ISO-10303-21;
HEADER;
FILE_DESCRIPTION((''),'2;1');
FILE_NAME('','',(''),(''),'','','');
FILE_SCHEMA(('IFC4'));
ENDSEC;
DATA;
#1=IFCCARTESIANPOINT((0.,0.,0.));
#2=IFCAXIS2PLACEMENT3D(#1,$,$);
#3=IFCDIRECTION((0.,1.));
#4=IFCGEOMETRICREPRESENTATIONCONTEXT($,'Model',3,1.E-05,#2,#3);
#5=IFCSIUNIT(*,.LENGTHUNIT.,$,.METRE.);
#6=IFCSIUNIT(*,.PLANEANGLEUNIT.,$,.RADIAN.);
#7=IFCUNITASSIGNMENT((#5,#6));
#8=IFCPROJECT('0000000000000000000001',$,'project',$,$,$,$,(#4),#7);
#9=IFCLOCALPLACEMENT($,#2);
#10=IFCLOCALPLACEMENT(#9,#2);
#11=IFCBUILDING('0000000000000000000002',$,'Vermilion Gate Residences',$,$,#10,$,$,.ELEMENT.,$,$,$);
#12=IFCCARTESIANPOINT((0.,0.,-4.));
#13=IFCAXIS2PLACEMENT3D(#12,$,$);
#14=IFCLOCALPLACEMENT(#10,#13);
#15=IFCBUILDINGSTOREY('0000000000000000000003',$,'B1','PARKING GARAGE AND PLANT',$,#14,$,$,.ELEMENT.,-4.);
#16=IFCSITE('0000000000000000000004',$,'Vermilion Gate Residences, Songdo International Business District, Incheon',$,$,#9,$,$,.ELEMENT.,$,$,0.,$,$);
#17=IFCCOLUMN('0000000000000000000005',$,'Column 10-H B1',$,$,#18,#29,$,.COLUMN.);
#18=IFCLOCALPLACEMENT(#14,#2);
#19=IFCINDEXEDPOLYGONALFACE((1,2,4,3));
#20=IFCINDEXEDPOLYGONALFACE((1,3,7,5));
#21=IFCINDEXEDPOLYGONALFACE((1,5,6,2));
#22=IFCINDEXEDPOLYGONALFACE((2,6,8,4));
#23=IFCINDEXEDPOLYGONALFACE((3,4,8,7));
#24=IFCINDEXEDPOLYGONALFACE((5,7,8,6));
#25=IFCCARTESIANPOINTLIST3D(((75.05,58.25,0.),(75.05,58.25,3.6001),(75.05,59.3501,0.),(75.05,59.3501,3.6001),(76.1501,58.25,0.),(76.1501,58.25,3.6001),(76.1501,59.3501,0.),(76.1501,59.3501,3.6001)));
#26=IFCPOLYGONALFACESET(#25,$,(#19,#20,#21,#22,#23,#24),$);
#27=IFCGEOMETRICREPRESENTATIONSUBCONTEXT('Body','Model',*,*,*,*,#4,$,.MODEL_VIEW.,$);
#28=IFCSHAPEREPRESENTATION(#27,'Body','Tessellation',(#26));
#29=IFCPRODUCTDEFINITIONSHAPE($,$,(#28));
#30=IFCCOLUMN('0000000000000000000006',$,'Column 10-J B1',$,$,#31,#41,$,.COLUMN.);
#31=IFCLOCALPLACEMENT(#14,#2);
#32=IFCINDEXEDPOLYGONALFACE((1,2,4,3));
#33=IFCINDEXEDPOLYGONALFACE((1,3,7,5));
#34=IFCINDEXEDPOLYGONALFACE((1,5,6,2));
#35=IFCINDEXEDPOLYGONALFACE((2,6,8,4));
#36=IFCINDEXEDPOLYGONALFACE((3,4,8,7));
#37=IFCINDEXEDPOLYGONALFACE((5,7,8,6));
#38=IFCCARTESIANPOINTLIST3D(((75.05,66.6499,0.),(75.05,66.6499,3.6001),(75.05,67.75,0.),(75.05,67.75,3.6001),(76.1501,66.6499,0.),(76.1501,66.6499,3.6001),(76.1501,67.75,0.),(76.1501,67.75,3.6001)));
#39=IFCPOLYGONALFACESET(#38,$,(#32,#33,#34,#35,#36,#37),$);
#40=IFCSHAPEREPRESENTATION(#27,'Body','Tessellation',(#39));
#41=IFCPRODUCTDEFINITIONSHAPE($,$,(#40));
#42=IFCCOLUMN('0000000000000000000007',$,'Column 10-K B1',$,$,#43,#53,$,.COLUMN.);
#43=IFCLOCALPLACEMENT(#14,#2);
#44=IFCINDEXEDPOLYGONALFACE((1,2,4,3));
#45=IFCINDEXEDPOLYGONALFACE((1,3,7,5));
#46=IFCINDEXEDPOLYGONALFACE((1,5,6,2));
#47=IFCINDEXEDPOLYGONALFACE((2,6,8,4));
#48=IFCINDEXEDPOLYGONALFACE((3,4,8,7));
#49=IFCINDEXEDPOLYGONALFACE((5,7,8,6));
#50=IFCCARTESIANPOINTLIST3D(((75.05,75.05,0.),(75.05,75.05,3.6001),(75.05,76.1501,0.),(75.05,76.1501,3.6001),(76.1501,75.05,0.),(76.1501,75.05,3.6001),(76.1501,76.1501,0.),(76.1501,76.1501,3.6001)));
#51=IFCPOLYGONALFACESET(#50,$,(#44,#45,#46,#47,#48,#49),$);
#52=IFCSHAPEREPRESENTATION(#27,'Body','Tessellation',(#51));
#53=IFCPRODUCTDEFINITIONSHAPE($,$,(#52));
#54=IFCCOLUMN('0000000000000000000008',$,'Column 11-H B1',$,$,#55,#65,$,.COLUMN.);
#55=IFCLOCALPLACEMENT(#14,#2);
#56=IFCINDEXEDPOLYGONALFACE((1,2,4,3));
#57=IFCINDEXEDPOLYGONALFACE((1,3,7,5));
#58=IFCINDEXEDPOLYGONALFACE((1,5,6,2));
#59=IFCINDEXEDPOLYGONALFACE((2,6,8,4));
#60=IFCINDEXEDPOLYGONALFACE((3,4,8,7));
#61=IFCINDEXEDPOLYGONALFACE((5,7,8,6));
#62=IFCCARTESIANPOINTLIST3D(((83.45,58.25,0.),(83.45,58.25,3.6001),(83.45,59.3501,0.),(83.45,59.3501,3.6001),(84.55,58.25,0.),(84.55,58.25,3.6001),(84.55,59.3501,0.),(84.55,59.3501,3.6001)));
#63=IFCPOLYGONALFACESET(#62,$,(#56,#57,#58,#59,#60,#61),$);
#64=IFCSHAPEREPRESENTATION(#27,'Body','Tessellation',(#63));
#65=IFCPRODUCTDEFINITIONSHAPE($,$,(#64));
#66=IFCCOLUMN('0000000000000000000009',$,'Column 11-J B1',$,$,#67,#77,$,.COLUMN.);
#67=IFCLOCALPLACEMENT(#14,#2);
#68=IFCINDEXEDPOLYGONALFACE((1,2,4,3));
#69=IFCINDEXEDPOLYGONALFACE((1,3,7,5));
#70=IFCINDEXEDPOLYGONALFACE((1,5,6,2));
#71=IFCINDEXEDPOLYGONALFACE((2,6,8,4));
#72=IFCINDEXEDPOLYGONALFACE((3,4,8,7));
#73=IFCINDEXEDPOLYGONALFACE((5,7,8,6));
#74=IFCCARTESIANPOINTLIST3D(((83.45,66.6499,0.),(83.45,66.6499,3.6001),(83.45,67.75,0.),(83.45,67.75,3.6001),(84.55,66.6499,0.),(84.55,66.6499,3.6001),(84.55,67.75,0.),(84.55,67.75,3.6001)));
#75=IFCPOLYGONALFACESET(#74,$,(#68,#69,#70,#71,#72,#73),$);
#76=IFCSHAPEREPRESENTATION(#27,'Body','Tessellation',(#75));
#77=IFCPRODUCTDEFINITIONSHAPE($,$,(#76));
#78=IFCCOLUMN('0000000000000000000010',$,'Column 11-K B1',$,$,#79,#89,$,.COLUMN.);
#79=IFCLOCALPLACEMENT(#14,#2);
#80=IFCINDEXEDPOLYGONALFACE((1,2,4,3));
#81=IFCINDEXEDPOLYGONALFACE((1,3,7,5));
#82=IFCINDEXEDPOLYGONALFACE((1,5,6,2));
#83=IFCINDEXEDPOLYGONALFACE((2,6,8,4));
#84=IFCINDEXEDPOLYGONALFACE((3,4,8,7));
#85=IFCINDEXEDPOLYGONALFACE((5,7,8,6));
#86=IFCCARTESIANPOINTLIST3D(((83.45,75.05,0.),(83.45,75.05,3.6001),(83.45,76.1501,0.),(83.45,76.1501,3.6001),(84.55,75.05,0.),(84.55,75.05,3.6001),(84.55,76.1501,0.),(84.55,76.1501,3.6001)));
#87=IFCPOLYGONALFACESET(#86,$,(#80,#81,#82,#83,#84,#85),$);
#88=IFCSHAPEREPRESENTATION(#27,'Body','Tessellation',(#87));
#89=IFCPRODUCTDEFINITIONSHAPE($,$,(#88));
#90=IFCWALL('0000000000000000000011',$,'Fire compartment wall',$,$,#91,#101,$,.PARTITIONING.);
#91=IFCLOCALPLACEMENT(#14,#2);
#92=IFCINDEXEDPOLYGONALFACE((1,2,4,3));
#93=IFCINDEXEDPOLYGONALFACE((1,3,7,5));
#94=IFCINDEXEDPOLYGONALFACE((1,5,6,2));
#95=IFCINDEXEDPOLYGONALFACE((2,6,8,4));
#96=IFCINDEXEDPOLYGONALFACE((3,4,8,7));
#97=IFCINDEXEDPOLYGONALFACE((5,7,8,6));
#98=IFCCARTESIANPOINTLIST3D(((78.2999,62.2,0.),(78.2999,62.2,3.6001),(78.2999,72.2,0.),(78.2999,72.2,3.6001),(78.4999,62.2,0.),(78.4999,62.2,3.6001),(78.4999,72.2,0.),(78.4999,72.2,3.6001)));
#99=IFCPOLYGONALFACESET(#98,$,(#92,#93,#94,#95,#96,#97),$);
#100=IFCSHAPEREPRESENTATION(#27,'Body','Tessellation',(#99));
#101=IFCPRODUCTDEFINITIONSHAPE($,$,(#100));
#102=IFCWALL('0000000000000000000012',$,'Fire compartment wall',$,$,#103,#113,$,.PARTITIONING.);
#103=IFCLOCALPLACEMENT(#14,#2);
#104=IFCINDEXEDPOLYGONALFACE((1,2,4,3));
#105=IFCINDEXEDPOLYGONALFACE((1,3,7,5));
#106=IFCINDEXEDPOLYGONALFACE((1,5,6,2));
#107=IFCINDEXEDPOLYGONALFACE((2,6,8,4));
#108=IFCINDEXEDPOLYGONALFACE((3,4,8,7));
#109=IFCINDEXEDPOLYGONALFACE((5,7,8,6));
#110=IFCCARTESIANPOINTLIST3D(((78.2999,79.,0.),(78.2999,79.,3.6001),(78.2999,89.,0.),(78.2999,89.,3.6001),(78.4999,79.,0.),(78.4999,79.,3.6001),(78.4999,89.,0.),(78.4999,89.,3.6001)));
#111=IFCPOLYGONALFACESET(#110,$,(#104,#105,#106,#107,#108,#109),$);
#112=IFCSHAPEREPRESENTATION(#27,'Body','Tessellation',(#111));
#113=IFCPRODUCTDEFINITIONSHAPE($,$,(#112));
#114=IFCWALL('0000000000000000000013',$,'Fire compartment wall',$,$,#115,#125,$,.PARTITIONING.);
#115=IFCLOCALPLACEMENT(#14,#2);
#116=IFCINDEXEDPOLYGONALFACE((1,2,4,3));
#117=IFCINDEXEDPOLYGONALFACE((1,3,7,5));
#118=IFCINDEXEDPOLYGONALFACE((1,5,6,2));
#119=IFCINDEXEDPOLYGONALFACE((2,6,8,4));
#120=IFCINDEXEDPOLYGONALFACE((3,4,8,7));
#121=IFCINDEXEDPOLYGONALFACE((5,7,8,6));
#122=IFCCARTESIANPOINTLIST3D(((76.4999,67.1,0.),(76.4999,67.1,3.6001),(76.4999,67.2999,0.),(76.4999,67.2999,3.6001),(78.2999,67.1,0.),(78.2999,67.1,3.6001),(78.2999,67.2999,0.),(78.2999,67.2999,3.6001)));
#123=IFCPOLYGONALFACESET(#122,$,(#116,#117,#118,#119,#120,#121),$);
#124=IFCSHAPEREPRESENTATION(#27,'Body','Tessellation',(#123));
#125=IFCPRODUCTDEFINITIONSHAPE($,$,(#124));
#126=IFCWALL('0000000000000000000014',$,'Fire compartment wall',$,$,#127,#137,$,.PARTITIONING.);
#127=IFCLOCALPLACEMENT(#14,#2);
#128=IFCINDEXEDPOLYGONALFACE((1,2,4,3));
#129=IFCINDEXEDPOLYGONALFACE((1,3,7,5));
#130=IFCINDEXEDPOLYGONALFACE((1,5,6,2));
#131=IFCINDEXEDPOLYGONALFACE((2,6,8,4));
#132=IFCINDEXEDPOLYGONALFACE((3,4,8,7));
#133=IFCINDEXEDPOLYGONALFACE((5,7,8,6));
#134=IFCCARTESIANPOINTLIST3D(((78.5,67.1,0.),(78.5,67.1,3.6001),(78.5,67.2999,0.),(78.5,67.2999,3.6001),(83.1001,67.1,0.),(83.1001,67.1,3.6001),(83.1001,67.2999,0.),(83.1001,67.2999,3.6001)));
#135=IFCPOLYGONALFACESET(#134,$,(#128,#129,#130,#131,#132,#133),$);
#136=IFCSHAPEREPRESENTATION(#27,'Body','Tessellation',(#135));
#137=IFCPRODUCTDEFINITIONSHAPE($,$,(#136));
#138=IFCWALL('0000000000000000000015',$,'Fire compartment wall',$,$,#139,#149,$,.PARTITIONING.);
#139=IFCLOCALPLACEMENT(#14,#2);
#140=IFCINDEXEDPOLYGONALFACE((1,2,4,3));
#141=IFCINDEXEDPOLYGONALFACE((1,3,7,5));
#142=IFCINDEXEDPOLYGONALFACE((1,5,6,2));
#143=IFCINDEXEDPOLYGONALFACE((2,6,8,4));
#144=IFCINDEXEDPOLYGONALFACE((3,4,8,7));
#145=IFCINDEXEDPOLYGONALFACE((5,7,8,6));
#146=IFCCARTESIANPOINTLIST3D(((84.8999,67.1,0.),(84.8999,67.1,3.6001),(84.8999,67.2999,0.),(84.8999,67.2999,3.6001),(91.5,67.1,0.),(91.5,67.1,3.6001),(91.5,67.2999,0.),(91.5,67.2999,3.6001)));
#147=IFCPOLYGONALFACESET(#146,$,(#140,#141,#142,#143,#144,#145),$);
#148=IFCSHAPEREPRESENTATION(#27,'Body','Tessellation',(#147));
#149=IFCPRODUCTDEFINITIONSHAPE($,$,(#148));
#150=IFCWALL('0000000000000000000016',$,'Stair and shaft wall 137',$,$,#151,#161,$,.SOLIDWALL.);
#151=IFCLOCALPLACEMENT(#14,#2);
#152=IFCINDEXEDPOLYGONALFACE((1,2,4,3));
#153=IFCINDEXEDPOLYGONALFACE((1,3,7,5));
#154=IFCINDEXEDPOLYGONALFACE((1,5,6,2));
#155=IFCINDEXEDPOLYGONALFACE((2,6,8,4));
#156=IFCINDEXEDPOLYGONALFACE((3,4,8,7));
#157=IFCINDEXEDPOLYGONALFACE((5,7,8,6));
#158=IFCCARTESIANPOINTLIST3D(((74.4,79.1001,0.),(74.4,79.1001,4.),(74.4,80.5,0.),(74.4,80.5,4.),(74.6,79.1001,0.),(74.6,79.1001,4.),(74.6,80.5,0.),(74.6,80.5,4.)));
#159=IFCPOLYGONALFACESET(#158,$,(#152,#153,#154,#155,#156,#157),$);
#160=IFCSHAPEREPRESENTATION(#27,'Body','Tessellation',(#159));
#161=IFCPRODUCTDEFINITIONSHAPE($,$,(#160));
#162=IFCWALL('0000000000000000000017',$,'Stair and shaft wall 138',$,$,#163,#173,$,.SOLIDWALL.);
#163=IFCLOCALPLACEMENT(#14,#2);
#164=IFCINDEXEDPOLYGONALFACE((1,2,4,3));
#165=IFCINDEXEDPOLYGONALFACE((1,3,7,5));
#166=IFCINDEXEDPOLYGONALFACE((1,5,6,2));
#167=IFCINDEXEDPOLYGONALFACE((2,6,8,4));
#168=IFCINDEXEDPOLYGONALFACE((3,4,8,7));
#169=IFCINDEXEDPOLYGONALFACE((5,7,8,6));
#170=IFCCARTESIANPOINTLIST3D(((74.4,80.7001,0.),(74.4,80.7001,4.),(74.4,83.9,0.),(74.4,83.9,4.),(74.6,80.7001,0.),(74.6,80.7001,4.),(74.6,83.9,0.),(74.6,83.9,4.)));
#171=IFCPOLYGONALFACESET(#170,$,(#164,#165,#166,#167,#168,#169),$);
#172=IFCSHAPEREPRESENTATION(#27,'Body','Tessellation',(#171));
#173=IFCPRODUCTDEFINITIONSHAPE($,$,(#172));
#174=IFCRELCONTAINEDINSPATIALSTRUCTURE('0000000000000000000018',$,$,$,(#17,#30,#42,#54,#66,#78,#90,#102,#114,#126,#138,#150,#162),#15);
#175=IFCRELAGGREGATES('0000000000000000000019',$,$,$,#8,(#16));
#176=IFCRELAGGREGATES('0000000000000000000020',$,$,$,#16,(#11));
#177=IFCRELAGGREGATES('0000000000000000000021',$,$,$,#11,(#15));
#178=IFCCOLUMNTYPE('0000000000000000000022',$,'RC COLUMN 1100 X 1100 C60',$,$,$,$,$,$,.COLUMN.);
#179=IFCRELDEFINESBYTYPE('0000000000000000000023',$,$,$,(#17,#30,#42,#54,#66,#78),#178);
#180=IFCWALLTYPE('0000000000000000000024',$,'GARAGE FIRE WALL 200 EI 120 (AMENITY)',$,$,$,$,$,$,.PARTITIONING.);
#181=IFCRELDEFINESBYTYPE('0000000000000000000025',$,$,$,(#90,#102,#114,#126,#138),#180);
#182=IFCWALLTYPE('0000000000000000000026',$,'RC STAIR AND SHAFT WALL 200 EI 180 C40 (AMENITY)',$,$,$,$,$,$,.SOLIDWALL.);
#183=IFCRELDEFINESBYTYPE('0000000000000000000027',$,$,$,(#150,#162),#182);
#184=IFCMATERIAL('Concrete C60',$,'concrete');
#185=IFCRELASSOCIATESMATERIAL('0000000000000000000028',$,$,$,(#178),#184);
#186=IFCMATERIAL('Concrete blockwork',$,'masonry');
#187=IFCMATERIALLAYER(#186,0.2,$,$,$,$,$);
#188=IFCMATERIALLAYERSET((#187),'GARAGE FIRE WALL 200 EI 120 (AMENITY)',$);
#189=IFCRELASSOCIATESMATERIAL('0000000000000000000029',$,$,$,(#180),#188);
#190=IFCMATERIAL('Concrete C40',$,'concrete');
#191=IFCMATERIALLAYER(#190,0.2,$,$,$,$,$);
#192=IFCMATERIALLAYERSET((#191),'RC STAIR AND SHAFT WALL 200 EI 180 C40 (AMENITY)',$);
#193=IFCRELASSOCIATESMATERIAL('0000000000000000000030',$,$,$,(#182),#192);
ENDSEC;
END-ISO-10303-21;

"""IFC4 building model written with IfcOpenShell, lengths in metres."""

from ifc_helpers import new_model, si_unit, direction, frame, frame_2d, origin, origin_2d, place, context, subcontext, project, spatial, rectangle, extrude, material, layer, layer_set, material_profile, profile_set, type_object, element, save


model = new_model("IFC4")

# Units and contexts
model_context = context("Model", 3, precision=1e-05, world=origin(), true_north=direction((0.0, 1.0)))
body_context = subcontext(model_context, "Body", "Model", "MODEL_VIEW")
ifc_project = project(units=[si_unit("LENGTHUNIT", "METRE"), si_unit("PLANEANGLEUNIT", "RADIAN")], contexts=[model_context])

# Site, building, storey
site_placement = place(None, origin())
site = spatial("IfcSite", under=ifc_project, at=site_placement, Name="Vermilion Gate Residences, Songdo International Business District, Incheon", CompositionType="ELEMENT", RefElevation=0.0)
building_placement = place(site_placement, origin())
building = spatial("IfcBuilding", under=site, at=building_placement, Name="Vermilion Gate Residences", CompositionType="ELEMENT")
storey_placement = place(building_placement, frame((0.0, 0.0, -4.0)))
storey = spatial("IfcBuildingStorey", under=building, at=storey_placement, Name="B1", Description="PARKING GARAGE AND PLANT", CompositionType="ELEMENT", Elevation=-4.0)

# Columns
ifc_material_1 = material(Name="Concrete C60", Category="concrete")
ifc_material_profile = material_profile(ifc_material_1, rectangle(XDim=1.1001, YDim=1.1001, at=origin_2d()), Name="RC-1100x1100")
ifc_profile_set = profile_set([ifc_material_profile], Name="Concrete C60")
column_type = type_object("IfcColumnType", Name="RC COLUMN 1100 X 1100 C60", PredefinedType="COLUMN", material=ifc_profile_set)
for number, where, z_axis, x_axis, name in (
    (1, (75.6001, 58.8, 0.0), (0.0, 0.0, 1.0), (1.0, 0.0, 0.0), "Column 10-H B1"),
    (2, (75.6001, 67.2, 0.0), (0.0, 0.0, 1.0), (1.0, 0.0, 0.0), "Column 10-J B1"),
    (3, (75.6001, 75.6001, 0.0), (0.0, 0.0, 1.0), (1.0, 0.0, 0.0), "Column 10-K B1"),
    (4, (84.0, 58.8, 0.0), (0.0, 0.0, 1.0), (1.0, 0.0, 0.0), "Column 11-H B1"),
    (5, (84.0, 67.2, 0.0), (0.0, 0.0, 1.0), (1.0, 0.0, 0.0), "Column 11-J B1"),
    (6, (84.0, 75.6001, 0.0), (0.0, 0.0, 1.0), (1.0, 0.0, 0.0), "Column 11-K B1"),
):
    element("IfcColumn", number, at=place(storey_placement, frame(where, z_axis=z_axis, x_axis=x_axis)), inside=storey, type_object=column_type, Name=name, PredefinedType="COLUMN", context=body_context, shape_type="SweptSolid", body=[
        extrude(rectangle(XDim=1.1001, YDim=1.1001, at=origin_2d()), origin(), (0.0, 0.0, 1.0), 3.6001),
    ])

# Wall
ifc_material_2 = material(Name="Concrete blockwork", Category="masonry")
ifc_layer_1 = layer(ifc_material_2, 0.2)
ifc_layer_set_1 = layer_set([ifc_layer_1], Name="GARAGE FIRE WALL 200 EI 120 (AMENITY)")
wall_type_1 = type_object("IfcWallType", Name="GARAGE FIRE WALL 200 EI 120 (AMENITY)", PredefinedType="PARTITIONING", material=ifc_layer_set_1)
wall_1_placement = place(storey_placement, frame((78.3999, 62.2, 0.0), z_axis=(0.0, 0.0, 1.0), x_axis=(0.0, 1.0, 0.0)))
element("IfcWall", 7, at=wall_1_placement, inside=storey, type_object=wall_type_1, Name="Fire compartment wall", PredefinedType="PARTITIONING", context=body_context, shape_type="SweptSolid", body=[
    extrude(rectangle(XDim=10.0, YDim=0.2, at=frame_2d((5.0, 0.0))), origin(), (0.0, 0.0, 1.0), 3.6001),
])

# Walls
wall_2_placement = place(storey_placement, frame((78.3999, 79.0, 0.0), z_axis=(0.0, 0.0, 1.0), x_axis=(0.0, 1.0, 0.0)))
element("IfcWall", 8, at=wall_2_placement, inside=storey, type_object=wall_type_1, Name="Fire compartment wall", PredefinedType="PARTITIONING", context=body_context, shape_type="SweptSolid", body=[
    extrude(rectangle(XDim=10.0, YDim=0.2, at=frame_2d((5.0, 0.0))), origin(), (0.0, 0.0, 1.0), 3.6001),
])
wall_3_placement = place(storey_placement, frame((76.5, 67.2, 0.0), z_axis=(0.0, 0.0, 1.0), x_axis=(1.0, 0.0, 0.0)))
element("IfcWall", 9, at=wall_3_placement, inside=storey, type_object=wall_type_1, Name="Fire compartment wall", PredefinedType="PARTITIONING", context=body_context, shape_type="SweptSolid", body=[
    extrude(rectangle(XDim=1.8, YDim=0.2, at=frame_2d((0.8999, 0.0))), origin(), (0.0, 0.0, 1.0), 3.6001),
])
wall_4_placement = place(storey_placement, frame((78.5, 67.2, 0.0), z_axis=(0.0, 0.0, 1.0), x_axis=(1.0, 0.0, 0.0)))
element("IfcWall", 10, at=wall_4_placement, inside=storey, type_object=wall_type_1, Name="Fire compartment wall", PredefinedType="PARTITIONING", context=body_context, shape_type="SweptSolid", body=[
    extrude(rectangle(XDim=4.6001, YDim=0.2, at=frame_2d((2.3, 0.0))), origin(), (0.0, 0.0, 1.0), 3.6001),
])
wall_5_placement = place(storey_placement, frame((84.8999, 67.2, 0.0), z_axis=(0.0, 0.0, 1.0), x_axis=(1.0, 0.0, 0.0)))
element("IfcWall", 11, at=wall_5_placement, inside=storey, type_object=wall_type_1, Name="Fire compartment wall", PredefinedType="PARTITIONING", context=body_context, shape_type="SweptSolid", body=[
    extrude(rectangle(XDim=6.6001, YDim=0.2, at=frame_2d((3.3, 0.0))), origin(), (0.0, 0.0, 1.0), 3.6001),
])
ifc_material_3 = material(Name="Concrete C40", Category="concrete")
ifc_layer_2 = layer(ifc_material_3, 0.2)
ifc_layer_set_2 = layer_set([ifc_layer_2], Name="RC STAIR AND SHAFT WALL 200 EI 180 C40 (AMENITY)")
wall_type_2 = type_object("IfcWallType", Name="RC STAIR AND SHAFT WALL 200 EI 180 C40 (AMENITY)", PredefinedType="SOLIDWALL", material=ifc_layer_set_2)
wall_6_placement = place(storey_placement, frame((74.5, 79.1001, 0.0), z_axis=(0.0, 0.0, 1.0), x_axis=(0.0, 1.0, 0.0)))
element("IfcWall", 12, at=wall_6_placement, inside=storey, type_object=wall_type_2, Name="Stair and shaft wall 137", PredefinedType="SOLIDWALL", context=body_context, shape_type="SweptSolid", body=[
    extrude(rectangle(XDim=1.3999, YDim=0.2, at=frame_2d((0.7, 0.0))), origin(), (0.0, 0.0, 1.0), 4.0),
])
wall_7_placement = place(storey_placement, frame((74.5, 80.7, 0.0), z_axis=(0.0, 0.0, 1.0), x_axis=(0.0, 1.0, 0.0)))
element("IfcWall", 13, at=wall_7_placement, inside=storey, type_object=wall_type_2, Name="Stair and shaft wall 138", PredefinedType="SOLIDWALL", context=body_context, shape_type="SweptSolid", body=[
    extrude(rectangle(XDim=3.2, YDim=0.2, at=frame_2d((1.6001, 0.0))), origin(), (0.0, 0.0, 1.0), 4.0),
])

save(model, "model.ifc")
